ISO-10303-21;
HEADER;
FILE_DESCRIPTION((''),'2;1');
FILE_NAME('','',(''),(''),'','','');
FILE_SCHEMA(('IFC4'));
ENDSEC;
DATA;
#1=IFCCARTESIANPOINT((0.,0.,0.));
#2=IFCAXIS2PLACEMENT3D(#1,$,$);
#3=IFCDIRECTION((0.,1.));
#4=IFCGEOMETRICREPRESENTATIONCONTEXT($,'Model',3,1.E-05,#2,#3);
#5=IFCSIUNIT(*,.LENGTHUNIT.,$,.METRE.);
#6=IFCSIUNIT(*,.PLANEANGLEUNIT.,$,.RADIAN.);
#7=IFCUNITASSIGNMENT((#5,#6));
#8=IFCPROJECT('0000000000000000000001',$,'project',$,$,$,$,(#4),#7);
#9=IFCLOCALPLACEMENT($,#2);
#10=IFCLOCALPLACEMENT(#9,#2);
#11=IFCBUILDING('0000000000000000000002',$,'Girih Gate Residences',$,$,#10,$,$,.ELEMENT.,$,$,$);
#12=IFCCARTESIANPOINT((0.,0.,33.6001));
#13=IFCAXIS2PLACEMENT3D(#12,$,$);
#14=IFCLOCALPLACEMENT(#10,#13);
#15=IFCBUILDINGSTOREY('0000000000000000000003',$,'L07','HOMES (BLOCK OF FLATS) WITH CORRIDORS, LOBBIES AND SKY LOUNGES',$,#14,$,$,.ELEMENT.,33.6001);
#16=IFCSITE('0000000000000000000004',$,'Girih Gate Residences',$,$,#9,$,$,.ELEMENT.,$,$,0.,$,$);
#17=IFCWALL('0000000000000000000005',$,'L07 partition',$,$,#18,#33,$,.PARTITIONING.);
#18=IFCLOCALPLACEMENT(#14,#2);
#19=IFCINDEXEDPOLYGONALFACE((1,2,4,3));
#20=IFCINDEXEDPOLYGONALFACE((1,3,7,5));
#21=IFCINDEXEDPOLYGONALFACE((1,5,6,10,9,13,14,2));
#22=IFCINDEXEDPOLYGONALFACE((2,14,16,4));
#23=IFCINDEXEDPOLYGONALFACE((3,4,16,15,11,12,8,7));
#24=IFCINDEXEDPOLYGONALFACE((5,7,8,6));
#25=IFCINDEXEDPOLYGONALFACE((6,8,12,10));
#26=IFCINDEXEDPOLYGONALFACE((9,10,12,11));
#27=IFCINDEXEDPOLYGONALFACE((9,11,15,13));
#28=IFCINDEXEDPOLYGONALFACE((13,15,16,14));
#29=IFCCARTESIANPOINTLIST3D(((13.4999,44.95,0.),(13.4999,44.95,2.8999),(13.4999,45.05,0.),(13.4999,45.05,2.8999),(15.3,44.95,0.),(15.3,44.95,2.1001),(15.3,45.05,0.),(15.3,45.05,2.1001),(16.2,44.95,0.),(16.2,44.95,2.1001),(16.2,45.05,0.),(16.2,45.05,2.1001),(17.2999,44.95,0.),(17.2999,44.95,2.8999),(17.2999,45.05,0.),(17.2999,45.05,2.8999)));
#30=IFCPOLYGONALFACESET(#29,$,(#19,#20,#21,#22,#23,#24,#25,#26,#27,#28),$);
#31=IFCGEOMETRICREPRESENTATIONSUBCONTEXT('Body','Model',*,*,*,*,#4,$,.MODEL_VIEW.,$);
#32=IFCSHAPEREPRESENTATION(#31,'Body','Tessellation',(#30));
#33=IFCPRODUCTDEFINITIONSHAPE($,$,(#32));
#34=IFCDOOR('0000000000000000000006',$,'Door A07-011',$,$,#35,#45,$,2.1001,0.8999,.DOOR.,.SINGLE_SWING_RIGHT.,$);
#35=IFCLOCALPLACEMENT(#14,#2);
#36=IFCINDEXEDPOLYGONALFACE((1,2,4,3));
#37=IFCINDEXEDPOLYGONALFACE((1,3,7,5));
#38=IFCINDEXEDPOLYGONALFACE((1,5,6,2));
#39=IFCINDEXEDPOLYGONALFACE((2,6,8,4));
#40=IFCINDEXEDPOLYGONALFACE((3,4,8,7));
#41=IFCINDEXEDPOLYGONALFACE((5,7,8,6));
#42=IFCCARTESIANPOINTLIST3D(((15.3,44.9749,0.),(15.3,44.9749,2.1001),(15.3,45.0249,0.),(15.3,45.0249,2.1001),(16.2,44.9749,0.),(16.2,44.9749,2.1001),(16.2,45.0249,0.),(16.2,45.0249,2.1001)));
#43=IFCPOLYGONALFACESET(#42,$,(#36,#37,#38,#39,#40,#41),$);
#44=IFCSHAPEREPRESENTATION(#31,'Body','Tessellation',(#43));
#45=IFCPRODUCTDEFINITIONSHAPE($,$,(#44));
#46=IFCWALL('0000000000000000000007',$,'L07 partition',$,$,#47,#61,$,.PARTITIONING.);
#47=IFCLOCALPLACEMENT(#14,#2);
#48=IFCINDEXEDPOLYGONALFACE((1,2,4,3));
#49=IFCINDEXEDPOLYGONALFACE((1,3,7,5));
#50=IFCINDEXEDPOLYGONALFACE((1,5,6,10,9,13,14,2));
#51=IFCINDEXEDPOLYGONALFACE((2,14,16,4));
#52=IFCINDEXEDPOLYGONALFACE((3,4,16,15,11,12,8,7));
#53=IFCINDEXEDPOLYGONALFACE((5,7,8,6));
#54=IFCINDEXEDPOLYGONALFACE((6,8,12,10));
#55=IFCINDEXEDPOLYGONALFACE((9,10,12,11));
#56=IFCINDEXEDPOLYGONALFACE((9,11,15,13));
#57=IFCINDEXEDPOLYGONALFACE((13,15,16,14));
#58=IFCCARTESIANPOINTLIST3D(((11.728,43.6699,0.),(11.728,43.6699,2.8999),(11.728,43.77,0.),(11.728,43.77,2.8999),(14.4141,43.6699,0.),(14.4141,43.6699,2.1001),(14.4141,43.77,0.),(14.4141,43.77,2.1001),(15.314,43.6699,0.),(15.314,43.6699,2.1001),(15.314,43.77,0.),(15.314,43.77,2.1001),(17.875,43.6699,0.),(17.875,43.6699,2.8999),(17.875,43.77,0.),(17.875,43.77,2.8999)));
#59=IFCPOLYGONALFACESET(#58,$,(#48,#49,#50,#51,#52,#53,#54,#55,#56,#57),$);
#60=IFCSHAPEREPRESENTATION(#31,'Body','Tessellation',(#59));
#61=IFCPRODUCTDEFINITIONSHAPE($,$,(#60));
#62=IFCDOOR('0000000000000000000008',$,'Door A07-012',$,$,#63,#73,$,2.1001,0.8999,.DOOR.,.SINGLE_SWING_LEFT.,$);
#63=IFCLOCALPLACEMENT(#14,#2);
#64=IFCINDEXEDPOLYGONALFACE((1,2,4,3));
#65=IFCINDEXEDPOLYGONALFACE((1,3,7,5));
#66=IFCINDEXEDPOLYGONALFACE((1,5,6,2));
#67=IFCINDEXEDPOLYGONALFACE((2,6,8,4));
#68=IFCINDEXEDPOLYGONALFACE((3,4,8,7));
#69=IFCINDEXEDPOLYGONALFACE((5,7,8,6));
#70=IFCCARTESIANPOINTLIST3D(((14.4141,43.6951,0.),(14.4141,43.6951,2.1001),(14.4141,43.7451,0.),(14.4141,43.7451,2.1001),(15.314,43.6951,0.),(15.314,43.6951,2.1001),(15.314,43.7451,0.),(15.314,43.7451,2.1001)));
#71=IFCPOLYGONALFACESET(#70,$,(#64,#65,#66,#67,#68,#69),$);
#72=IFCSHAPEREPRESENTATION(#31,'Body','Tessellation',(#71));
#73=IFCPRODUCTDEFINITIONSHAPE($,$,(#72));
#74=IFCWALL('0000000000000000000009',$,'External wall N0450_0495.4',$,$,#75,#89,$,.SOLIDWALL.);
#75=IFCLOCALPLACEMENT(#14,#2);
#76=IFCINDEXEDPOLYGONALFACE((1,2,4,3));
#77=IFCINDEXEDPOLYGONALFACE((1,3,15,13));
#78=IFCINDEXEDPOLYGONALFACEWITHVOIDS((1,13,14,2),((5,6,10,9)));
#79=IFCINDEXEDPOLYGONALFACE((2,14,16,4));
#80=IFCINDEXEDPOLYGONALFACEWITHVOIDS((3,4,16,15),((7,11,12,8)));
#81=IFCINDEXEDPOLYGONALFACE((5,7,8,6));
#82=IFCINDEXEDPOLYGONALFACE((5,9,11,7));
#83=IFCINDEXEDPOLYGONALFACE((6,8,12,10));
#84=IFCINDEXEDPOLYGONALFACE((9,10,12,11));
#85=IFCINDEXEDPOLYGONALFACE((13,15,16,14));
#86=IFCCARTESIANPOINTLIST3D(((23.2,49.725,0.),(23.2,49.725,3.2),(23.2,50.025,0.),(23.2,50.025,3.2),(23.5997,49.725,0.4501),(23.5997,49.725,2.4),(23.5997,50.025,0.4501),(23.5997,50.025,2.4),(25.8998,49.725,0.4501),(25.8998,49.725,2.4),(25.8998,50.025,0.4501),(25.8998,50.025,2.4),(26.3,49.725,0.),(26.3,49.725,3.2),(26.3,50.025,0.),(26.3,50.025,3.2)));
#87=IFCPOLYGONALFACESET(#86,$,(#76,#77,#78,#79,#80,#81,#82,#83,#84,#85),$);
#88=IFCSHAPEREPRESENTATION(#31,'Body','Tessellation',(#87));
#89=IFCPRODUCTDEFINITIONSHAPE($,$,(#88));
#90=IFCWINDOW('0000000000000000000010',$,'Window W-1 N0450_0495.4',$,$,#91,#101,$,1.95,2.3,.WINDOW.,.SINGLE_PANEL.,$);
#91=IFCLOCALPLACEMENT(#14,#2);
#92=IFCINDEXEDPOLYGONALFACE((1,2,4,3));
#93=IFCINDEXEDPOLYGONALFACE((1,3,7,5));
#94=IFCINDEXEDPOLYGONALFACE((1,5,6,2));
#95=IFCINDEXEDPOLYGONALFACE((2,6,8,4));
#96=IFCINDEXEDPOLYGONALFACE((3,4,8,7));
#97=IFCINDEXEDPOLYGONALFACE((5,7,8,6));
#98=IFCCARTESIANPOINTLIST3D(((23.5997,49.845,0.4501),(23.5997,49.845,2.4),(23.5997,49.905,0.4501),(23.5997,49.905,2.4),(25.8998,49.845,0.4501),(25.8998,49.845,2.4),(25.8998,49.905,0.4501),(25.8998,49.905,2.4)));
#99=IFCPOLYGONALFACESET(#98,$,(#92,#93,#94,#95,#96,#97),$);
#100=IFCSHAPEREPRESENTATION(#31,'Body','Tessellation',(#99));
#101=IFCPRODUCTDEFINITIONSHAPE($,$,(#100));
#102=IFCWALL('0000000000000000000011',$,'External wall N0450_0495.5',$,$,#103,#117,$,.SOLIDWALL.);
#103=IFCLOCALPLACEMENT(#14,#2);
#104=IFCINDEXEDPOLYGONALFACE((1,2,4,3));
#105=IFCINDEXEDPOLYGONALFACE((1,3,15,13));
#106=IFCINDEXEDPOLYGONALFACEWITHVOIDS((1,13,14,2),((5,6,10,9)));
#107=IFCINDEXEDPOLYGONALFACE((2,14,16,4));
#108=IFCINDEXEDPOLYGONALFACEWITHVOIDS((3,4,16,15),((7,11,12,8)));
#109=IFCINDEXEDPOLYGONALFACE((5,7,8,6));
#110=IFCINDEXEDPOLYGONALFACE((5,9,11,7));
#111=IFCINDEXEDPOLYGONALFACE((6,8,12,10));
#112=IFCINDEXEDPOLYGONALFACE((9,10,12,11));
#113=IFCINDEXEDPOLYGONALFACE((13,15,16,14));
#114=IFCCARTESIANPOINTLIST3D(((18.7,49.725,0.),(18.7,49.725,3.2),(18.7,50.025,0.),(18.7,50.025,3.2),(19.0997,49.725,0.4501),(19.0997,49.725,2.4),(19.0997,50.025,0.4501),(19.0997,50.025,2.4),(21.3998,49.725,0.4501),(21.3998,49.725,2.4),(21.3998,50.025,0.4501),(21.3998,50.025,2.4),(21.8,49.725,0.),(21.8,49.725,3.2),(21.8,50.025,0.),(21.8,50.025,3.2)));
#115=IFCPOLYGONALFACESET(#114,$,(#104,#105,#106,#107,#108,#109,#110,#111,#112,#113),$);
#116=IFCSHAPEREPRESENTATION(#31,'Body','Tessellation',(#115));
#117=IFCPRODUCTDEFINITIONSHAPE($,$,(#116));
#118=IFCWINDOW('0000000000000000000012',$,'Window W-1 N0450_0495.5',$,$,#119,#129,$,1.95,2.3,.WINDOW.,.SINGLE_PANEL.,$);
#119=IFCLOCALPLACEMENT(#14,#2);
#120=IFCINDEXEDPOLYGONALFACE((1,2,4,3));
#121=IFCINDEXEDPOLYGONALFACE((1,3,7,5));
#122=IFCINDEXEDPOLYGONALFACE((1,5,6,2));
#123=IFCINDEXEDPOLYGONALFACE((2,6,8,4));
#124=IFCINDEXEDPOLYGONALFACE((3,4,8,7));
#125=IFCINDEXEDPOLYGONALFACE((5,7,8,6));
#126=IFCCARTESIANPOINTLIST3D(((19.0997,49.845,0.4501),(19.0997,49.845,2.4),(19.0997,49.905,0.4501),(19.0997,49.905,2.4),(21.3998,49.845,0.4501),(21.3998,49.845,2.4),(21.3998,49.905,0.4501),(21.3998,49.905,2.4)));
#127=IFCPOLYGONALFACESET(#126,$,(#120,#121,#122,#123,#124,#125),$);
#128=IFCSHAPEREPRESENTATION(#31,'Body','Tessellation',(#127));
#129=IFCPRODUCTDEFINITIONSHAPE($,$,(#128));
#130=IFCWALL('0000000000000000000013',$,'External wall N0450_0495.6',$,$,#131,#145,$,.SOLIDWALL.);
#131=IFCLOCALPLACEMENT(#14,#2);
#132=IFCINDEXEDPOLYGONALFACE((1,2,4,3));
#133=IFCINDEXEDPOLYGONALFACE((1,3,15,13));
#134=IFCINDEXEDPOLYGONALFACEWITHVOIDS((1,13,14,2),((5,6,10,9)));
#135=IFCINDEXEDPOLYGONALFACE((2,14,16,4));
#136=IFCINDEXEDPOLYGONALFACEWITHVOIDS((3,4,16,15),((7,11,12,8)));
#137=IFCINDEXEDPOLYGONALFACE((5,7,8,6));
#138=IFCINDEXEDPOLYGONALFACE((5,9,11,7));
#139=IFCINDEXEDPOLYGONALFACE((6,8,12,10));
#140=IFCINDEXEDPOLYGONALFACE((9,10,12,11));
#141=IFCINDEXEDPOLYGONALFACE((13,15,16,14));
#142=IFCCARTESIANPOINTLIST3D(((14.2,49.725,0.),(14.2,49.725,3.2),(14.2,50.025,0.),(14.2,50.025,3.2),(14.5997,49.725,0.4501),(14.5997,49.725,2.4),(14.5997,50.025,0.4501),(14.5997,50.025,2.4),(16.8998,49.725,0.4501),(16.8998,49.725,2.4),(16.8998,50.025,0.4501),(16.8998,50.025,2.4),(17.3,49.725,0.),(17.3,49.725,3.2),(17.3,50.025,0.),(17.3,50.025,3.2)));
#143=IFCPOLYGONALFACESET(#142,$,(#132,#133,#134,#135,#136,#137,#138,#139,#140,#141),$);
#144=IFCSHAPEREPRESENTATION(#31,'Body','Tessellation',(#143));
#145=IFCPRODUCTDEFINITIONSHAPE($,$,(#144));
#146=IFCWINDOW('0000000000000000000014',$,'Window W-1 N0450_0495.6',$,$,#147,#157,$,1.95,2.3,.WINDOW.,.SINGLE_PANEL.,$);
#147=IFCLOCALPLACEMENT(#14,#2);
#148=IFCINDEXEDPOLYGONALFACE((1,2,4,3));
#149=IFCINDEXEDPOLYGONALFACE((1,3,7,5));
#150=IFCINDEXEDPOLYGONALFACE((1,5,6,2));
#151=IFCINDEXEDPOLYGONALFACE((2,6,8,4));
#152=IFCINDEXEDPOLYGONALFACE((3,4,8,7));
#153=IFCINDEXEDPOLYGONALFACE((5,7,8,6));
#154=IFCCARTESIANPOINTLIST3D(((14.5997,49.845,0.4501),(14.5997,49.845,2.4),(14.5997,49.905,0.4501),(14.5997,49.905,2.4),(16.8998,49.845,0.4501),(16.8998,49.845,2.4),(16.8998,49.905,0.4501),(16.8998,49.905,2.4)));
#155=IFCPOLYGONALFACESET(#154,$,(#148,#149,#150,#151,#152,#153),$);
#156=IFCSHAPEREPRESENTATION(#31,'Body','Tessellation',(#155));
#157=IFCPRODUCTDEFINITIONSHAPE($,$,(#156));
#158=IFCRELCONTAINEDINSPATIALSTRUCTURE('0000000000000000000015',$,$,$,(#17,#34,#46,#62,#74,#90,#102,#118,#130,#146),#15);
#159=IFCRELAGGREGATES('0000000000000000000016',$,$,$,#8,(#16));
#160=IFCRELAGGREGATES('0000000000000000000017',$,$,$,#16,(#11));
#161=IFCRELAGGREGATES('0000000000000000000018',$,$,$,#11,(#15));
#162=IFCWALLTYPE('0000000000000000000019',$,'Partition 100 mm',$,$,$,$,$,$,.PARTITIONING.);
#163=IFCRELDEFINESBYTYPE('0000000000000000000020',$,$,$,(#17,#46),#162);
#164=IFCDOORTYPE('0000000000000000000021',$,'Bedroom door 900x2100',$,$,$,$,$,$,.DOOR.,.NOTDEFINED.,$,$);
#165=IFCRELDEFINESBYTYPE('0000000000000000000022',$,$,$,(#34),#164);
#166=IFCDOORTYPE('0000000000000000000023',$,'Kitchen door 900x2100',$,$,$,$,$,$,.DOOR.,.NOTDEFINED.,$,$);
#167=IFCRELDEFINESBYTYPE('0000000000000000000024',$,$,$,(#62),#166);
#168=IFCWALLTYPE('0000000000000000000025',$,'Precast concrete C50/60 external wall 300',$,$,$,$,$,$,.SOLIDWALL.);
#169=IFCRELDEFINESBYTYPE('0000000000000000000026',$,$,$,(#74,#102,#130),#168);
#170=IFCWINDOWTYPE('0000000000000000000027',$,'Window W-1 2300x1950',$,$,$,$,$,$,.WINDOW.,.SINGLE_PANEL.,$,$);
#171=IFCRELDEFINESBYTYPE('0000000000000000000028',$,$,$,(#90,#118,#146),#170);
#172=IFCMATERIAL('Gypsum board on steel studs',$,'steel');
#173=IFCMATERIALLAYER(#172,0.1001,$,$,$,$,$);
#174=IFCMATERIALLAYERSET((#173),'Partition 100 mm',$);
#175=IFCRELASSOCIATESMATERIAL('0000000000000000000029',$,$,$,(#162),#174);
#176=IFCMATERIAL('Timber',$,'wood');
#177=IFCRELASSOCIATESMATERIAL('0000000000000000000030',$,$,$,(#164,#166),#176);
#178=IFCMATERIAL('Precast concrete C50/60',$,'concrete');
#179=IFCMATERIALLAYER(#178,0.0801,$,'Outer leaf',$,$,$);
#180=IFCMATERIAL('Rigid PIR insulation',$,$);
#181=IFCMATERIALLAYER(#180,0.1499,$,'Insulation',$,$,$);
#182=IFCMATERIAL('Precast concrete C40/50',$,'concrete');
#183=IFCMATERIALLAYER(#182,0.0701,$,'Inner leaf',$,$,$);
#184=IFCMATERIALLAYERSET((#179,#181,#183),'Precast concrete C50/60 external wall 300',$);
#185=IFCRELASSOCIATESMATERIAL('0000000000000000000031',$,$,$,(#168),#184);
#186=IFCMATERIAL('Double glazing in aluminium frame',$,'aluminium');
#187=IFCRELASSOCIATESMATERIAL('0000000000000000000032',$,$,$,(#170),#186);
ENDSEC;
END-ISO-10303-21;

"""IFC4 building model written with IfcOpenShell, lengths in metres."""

from ifc_helpers import new_model, si_unit, direction, frame, frame_2d, origin, place, context, subcontext, project, spatial, rectangle, extrude, material, layer, layer_set, type_object, element, fill, save


model = new_model("IFC4")

# Units and contexts
model_context = context("Model", 3, precision=1e-05, world=origin(), true_north=direction((0.0, 1.0)))
body_context = subcontext(model_context, "Body", "Model", "MODEL_VIEW")
ifc_project = project(units=[si_unit("LENGTHUNIT", "METRE"), si_unit("PLANEANGLEUNIT", "RADIAN")], contexts=[model_context])

# Site, building, storey
site_placement = place(None, origin())
site = spatial("IfcSite", under=ifc_project, at=site_placement, Name="Girih Gate Residences", CompositionType="ELEMENT", RefElevation=0.0)
building_placement = place(site_placement, origin())
building = spatial("IfcBuilding", under=site, at=building_placement, Name="Girih Gate Residences", CompositionType="ELEMENT")
storey_placement = place(building_placement, frame((0.0, 0.0, 33.6001)))
storey = spatial("IfcBuildingStorey", under=building, at=storey_placement, Name="L07", Description="HOMES (BLOCK OF FLATS) WITH CORRIDORS, LOBBIES AND SKY LOUNGES", CompositionType="ELEMENT", Elevation=33.6001)

# Shared definitions
ifc_material_1 = material(Name="Gypsum board on steel studs", Category="steel")

# Shared definitions
ifc_layer_1 = layer(ifc_material_1, 0.1001)
ifc_layer_set_1 = layer_set([ifc_layer_1], Name="Partition 100 mm")
wall_type_1 = type_object("IfcWallType", Name="Partition 100 mm", PredefinedType="PARTITIONING", material=ifc_layer_set_1)

# Walls, openings, doors
wall_1_placement = place(storey_placement, frame((13.5, 45.0, 0.0), z_axis=(0.0, 0.0, 1.0), x_axis=(1.0, 0.0, 0.0)))
wall_1 = element("IfcWall", 1, at=wall_1_placement, inside=storey, type_object=wall_type_1, Name="L07 partition", PredefinedType="PARTITIONING", context=body_context, shape_type="SweptSolid", body=[
    extrude(rectangle(XDim=3.8, YDim=0.1001, at=frame_2d((1.8999, 0.0))), origin(), (0.0, 0.0, 1.0), 2.8999),
])
opening_1_placement = place(wall_1_placement, frame((1.8, 0.0, 0.0)))
opening_1 = element("IfcOpeningElement", 2, at=opening_1_placement, cuts=wall_1, PredefinedType="OPENING", context=body_context, shape_type="SweptSolid", body=[
    extrude(rectangle(XDim=0.8999, YDim=2.1001, at=frame_2d((0.45, 1.05))), frame((0.0, 0.0601, 0.0), z_axis=(0.0, -1.0, 0.0), x_axis=(1.0, 0.0, 0.0)), (0.0, 0.0, 1.0), 0.1201),
])
ifc_material_2 = material(Name="Timber", Category="wood")
door_type_1 = type_object("IfcDoorType", Name="Bedroom door 900x2100", OperationType="NOTDEFINED", PredefinedType="DOOR", material=ifc_material_2)
door_1_placement = place(opening_1_placement, origin())
door_1 = element("IfcDoor", 3, at=door_1_placement, inside=storey, type_object=door_type_1, Name="Door A07-011", OperationType="SINGLE_SWING_RIGHT", OverallHeight=2.1001, OverallWidth=0.8999, PredefinedType="DOOR", context=body_context, shape_type="SweptSolid", body=[
    extrude(rectangle(XDim=0.8999, YDim=2.1001, at=frame_2d((0.45, 1.05))), frame((0.0, 0.0249, 0.0), z_axis=(0.0, -1.0, 0.0), x_axis=(1.0, 0.0, 0.0)), (0.0, 0.0, 1.0), 0.05),
])
fill(opening_1, door_1)
wall_2_placement = place(storey_placement, frame((17.875, 43.72, 0.0), z_axis=(0.0, 0.0, 1.0), x_axis=(-1.0, 0.0, 0.0)))
wall_2 = element("IfcWall", 4, at=wall_2_placement, inside=storey, type_object=wall_type_1, Name="L07 partition", PredefinedType="PARTITIONING", context=body_context, shape_type="SweptSolid", body=[
    extrude(rectangle(XDim=6.147, YDim=0.1001, at=frame_2d((3.0735, 0.0))), origin(), (0.0, 0.0, 1.0), 2.8999),
])
opening_2_placement = place(wall_2_placement, frame((2.561, 0.0, 0.0)))
opening_2 = element("IfcOpeningElement", 5, at=opening_2_placement, cuts=wall_2, PredefinedType="OPENING", context=body_context, shape_type="SweptSolid", body=[
    extrude(rectangle(XDim=0.8999, YDim=2.1001, at=frame_2d((0.45, 1.05))), frame((0.0, 0.0601, 0.0), z_axis=(0.0, -1.0, 0.0), x_axis=(1.0, 0.0, 0.0)), (0.0, 0.0, 1.0), 0.1201),
])
door_type_2 = type_object("IfcDoorType", Name="Kitchen door 900x2100", OperationType="NOTDEFINED", PredefinedType="DOOR", material=ifc_material_2)
door_2_placement = place(opening_2_placement, origin())
door_2 = element("IfcDoor", 6, at=door_2_placement, inside=storey, type_object=door_type_2, Name="Door A07-012", OperationType="SINGLE_SWING_LEFT", OverallHeight=2.1001, OverallWidth=0.8999, PredefinedType="DOOR", context=body_context, shape_type="SweptSolid", body=[
    extrude(rectangle(XDim=0.8999, YDim=2.1001, at=frame_2d((0.45, 1.05))), frame((0.0, 0.0249, 0.0), z_axis=(0.0, -1.0, 0.0), x_axis=(1.0, 0.0, 0.0)), (0.0, 0.0, 1.0), 0.05),
])
fill(opening_2, door_2)

# Walls, openings, windows
ifc_material_3 = material(Name="Precast concrete C50/60", Category="concrete")
ifc_layer_2 = layer(ifc_material_3, 0.0801, Name="Outer leaf")
ifc_material_4 = material(Name="Rigid PIR insulation")
ifc_layer_3 = layer(ifc_material_4, 0.1499, Name="Insulation")
ifc_material_5 = material(Name="Precast concrete C40/50", Category="concrete")
ifc_layer_4 = layer(ifc_material_5, 0.0701, Name="Inner leaf")
ifc_layer_set_2 = layer_set([ifc_layer_2, ifc_layer_3, ifc_layer_4], Name="Precast concrete C50/60 external wall 300")
wall_type_2 = type_object("IfcWallType", Name="Precast concrete C50/60 external wall 300", PredefinedType="SOLIDWALL", material=ifc_layer_set_2)
wall_3_placement = place(storey_placement, frame((23.2, 49.875, 0.0), z_axis=(0.0, 0.0, 1.0), x_axis=(1.0, 0.0, 0.0)))
wall_3 = element("IfcWall", 7, at=wall_3_placement, inside=storey, type_object=wall_type_2, Name="External wall N0450_0495.4", PredefinedType="SOLIDWALL", context=body_context, shape_type="SweptSolid", body=[
    extrude(rectangle(XDim=3.1001, YDim=0.3, at=frame_2d((1.55, 0.0))), origin(), (0.0, 0.0, 1.0), 3.2),
])
opening_3_placement = place(wall_3_placement, frame((0.3999, 0.0, 0.45)))
opening_3 = element("IfcOpeningElement", 8, at=opening_3_placement, cuts=wall_3, PredefinedType="OPENING", context=body_context, shape_type="SweptSolid", body=[
    extrude(rectangle(XDim=2.3, YDim=1.95, at=frame_2d((1.1499, 0.9751))), frame((0.0, 0.1599, 0.0), z_axis=(0.0, -1.0, 0.0), x_axis=(1.0, 0.0, 0.0)), (0.0, 0.0, 1.0), 0.3201),
])
ifc_material_6 = material(Name="Double glazing in aluminium frame", Category="aluminium")
window_type = type_object("IfcWindowType", Name="Window W-1 2300x1950", PartitioningType="SINGLE_PANEL", PredefinedType="WINDOW", material=ifc_material_6)
window_1_placement = place(opening_3_placement, origin())
window_1 = element("IfcWindow", 9, at=window_1_placement, inside=storey, type_object=window_type, Name="Window W-1 N0450_0495.4", OverallHeight=1.95, OverallWidth=2.3, PartitioningType="SINGLE_PANEL", PredefinedType="WINDOW", context=body_context, shape_type="SweptSolid", body=[
    extrude(rectangle(XDim=2.3, YDim=1.95, at=frame_2d((1.1499, 0.9751))), frame((0.0, 0.03, 0.0), z_axis=(0.0, -1.0, 0.0), x_axis=(1.0, 0.0, 0.0)), (0.0, 0.0, 1.0), 0.0601),
])
fill(opening_3, window_1)
wall_4_placement = place(storey_placement, frame((18.7, 49.875, 0.0), z_axis=(0.0, 0.0, 1.0), x_axis=(1.0, 0.0, 0.0)))
wall_4 = element("IfcWall", 10, at=wall_4_placement, inside=storey, type_object=wall_type_2, Name="External wall N0450_0495.5", PredefinedType="SOLIDWALL", context=body_context, shape_type="SweptSolid", body=[
    extrude(rectangle(XDim=3.1001, YDim=0.3, at=frame_2d((1.55, 0.0))), origin(), (0.0, 0.0, 1.0), 3.2),
])
opening_4_placement = place(wall_4_placement, frame((0.3999, 0.0, 0.45)))
opening_4 = element("IfcOpeningElement", 11, at=opening_4_placement, cuts=wall_4, PredefinedType="OPENING", context=body_context, shape_type="SweptSolid", body=[
    extrude(rectangle(XDim=2.3, YDim=1.95, at=frame_2d((1.1499, 0.9751))), frame((0.0, 0.1599, 0.0), z_axis=(0.0, -1.0, 0.0), x_axis=(1.0, 0.0, 0.0)), (0.0, 0.0, 1.0), 0.3201),
])
window_2_placement = place(opening_4_placement, origin())
window_2 = element("IfcWindow", 12, at=window_2_placement, inside=storey, type_object=window_type, Name="Window W-1 N0450_0495.5", OverallHeight=1.95, OverallWidth=2.3, PartitioningType="SINGLE_PANEL", PredefinedType="WINDOW", context=body_context, shape_type="SweptSolid", body=[
    extrude(rectangle(XDim=2.3, YDim=1.95, at=frame_2d((1.1499, 0.9751))), frame((0.0, 0.03, 0.0), z_axis=(0.0, -1.0, 0.0), x_axis=(1.0, 0.0, 0.0)), (0.0, 0.0, 1.0), 0.0601),
])
fill(opening_4, window_2)
wall_5_placement = place(storey_placement, frame((14.2, 49.875, 0.0), z_axis=(0.0, 0.0, 1.0), x_axis=(1.0, 0.0, 0.0)))
wall_5 = element("IfcWall", 13, at=wall_5_placement, inside=storey, type_object=wall_type_2, Name="External wall N0450_0495.6", PredefinedType="SOLIDWALL", context=body_context, shape_type="SweptSolid", body=[
    extrude(rectangle(XDim=3.1001, YDim=0.3, at=frame_2d((1.55, 0.0))), origin(), (0.0, 0.0, 1.0), 3.2),
])
opening_5_placement = place(wall_5_placement, frame((0.3999, 0.0, 0.45)))
opening_5 = element("IfcOpeningElement", 14, at=opening_5_placement, cuts=wall_5, PredefinedType="OPENING", context=body_context, shape_type="SweptSolid", body=[
    extrude(rectangle(XDim=2.3, YDim=1.95, at=frame_2d((1.1499, 0.9751))), frame((0.0, 0.1599, 0.0), z_axis=(0.0, -1.0, 0.0), x_axis=(1.0, 0.0, 0.0)), (0.0, 0.0, 1.0), 0.3201),
])
window_3_placement = place(opening_5_placement, origin())
window_3 = element("IfcWindow", 15, at=window_3_placement, inside=storey, type_object=window_type, Name="Window W-1 N0450_0495.6", OverallHeight=1.95, OverallWidth=2.3, PartitioningType="SINGLE_PANEL", PredefinedType="WINDOW", context=body_context, shape_type="SweptSolid", body=[
    extrude(rectangle(XDim=2.3, YDim=1.95, at=frame_2d((1.1499, 0.9751))), frame((0.0, 0.03, 0.0), z_axis=(0.0, -1.0, 0.0), x_axis=(1.0, 0.0, 0.0)), (0.0, 0.0, 1.0), 0.0601),
])
fill(opening_5, window_3)

save(model, "model.ifc")
